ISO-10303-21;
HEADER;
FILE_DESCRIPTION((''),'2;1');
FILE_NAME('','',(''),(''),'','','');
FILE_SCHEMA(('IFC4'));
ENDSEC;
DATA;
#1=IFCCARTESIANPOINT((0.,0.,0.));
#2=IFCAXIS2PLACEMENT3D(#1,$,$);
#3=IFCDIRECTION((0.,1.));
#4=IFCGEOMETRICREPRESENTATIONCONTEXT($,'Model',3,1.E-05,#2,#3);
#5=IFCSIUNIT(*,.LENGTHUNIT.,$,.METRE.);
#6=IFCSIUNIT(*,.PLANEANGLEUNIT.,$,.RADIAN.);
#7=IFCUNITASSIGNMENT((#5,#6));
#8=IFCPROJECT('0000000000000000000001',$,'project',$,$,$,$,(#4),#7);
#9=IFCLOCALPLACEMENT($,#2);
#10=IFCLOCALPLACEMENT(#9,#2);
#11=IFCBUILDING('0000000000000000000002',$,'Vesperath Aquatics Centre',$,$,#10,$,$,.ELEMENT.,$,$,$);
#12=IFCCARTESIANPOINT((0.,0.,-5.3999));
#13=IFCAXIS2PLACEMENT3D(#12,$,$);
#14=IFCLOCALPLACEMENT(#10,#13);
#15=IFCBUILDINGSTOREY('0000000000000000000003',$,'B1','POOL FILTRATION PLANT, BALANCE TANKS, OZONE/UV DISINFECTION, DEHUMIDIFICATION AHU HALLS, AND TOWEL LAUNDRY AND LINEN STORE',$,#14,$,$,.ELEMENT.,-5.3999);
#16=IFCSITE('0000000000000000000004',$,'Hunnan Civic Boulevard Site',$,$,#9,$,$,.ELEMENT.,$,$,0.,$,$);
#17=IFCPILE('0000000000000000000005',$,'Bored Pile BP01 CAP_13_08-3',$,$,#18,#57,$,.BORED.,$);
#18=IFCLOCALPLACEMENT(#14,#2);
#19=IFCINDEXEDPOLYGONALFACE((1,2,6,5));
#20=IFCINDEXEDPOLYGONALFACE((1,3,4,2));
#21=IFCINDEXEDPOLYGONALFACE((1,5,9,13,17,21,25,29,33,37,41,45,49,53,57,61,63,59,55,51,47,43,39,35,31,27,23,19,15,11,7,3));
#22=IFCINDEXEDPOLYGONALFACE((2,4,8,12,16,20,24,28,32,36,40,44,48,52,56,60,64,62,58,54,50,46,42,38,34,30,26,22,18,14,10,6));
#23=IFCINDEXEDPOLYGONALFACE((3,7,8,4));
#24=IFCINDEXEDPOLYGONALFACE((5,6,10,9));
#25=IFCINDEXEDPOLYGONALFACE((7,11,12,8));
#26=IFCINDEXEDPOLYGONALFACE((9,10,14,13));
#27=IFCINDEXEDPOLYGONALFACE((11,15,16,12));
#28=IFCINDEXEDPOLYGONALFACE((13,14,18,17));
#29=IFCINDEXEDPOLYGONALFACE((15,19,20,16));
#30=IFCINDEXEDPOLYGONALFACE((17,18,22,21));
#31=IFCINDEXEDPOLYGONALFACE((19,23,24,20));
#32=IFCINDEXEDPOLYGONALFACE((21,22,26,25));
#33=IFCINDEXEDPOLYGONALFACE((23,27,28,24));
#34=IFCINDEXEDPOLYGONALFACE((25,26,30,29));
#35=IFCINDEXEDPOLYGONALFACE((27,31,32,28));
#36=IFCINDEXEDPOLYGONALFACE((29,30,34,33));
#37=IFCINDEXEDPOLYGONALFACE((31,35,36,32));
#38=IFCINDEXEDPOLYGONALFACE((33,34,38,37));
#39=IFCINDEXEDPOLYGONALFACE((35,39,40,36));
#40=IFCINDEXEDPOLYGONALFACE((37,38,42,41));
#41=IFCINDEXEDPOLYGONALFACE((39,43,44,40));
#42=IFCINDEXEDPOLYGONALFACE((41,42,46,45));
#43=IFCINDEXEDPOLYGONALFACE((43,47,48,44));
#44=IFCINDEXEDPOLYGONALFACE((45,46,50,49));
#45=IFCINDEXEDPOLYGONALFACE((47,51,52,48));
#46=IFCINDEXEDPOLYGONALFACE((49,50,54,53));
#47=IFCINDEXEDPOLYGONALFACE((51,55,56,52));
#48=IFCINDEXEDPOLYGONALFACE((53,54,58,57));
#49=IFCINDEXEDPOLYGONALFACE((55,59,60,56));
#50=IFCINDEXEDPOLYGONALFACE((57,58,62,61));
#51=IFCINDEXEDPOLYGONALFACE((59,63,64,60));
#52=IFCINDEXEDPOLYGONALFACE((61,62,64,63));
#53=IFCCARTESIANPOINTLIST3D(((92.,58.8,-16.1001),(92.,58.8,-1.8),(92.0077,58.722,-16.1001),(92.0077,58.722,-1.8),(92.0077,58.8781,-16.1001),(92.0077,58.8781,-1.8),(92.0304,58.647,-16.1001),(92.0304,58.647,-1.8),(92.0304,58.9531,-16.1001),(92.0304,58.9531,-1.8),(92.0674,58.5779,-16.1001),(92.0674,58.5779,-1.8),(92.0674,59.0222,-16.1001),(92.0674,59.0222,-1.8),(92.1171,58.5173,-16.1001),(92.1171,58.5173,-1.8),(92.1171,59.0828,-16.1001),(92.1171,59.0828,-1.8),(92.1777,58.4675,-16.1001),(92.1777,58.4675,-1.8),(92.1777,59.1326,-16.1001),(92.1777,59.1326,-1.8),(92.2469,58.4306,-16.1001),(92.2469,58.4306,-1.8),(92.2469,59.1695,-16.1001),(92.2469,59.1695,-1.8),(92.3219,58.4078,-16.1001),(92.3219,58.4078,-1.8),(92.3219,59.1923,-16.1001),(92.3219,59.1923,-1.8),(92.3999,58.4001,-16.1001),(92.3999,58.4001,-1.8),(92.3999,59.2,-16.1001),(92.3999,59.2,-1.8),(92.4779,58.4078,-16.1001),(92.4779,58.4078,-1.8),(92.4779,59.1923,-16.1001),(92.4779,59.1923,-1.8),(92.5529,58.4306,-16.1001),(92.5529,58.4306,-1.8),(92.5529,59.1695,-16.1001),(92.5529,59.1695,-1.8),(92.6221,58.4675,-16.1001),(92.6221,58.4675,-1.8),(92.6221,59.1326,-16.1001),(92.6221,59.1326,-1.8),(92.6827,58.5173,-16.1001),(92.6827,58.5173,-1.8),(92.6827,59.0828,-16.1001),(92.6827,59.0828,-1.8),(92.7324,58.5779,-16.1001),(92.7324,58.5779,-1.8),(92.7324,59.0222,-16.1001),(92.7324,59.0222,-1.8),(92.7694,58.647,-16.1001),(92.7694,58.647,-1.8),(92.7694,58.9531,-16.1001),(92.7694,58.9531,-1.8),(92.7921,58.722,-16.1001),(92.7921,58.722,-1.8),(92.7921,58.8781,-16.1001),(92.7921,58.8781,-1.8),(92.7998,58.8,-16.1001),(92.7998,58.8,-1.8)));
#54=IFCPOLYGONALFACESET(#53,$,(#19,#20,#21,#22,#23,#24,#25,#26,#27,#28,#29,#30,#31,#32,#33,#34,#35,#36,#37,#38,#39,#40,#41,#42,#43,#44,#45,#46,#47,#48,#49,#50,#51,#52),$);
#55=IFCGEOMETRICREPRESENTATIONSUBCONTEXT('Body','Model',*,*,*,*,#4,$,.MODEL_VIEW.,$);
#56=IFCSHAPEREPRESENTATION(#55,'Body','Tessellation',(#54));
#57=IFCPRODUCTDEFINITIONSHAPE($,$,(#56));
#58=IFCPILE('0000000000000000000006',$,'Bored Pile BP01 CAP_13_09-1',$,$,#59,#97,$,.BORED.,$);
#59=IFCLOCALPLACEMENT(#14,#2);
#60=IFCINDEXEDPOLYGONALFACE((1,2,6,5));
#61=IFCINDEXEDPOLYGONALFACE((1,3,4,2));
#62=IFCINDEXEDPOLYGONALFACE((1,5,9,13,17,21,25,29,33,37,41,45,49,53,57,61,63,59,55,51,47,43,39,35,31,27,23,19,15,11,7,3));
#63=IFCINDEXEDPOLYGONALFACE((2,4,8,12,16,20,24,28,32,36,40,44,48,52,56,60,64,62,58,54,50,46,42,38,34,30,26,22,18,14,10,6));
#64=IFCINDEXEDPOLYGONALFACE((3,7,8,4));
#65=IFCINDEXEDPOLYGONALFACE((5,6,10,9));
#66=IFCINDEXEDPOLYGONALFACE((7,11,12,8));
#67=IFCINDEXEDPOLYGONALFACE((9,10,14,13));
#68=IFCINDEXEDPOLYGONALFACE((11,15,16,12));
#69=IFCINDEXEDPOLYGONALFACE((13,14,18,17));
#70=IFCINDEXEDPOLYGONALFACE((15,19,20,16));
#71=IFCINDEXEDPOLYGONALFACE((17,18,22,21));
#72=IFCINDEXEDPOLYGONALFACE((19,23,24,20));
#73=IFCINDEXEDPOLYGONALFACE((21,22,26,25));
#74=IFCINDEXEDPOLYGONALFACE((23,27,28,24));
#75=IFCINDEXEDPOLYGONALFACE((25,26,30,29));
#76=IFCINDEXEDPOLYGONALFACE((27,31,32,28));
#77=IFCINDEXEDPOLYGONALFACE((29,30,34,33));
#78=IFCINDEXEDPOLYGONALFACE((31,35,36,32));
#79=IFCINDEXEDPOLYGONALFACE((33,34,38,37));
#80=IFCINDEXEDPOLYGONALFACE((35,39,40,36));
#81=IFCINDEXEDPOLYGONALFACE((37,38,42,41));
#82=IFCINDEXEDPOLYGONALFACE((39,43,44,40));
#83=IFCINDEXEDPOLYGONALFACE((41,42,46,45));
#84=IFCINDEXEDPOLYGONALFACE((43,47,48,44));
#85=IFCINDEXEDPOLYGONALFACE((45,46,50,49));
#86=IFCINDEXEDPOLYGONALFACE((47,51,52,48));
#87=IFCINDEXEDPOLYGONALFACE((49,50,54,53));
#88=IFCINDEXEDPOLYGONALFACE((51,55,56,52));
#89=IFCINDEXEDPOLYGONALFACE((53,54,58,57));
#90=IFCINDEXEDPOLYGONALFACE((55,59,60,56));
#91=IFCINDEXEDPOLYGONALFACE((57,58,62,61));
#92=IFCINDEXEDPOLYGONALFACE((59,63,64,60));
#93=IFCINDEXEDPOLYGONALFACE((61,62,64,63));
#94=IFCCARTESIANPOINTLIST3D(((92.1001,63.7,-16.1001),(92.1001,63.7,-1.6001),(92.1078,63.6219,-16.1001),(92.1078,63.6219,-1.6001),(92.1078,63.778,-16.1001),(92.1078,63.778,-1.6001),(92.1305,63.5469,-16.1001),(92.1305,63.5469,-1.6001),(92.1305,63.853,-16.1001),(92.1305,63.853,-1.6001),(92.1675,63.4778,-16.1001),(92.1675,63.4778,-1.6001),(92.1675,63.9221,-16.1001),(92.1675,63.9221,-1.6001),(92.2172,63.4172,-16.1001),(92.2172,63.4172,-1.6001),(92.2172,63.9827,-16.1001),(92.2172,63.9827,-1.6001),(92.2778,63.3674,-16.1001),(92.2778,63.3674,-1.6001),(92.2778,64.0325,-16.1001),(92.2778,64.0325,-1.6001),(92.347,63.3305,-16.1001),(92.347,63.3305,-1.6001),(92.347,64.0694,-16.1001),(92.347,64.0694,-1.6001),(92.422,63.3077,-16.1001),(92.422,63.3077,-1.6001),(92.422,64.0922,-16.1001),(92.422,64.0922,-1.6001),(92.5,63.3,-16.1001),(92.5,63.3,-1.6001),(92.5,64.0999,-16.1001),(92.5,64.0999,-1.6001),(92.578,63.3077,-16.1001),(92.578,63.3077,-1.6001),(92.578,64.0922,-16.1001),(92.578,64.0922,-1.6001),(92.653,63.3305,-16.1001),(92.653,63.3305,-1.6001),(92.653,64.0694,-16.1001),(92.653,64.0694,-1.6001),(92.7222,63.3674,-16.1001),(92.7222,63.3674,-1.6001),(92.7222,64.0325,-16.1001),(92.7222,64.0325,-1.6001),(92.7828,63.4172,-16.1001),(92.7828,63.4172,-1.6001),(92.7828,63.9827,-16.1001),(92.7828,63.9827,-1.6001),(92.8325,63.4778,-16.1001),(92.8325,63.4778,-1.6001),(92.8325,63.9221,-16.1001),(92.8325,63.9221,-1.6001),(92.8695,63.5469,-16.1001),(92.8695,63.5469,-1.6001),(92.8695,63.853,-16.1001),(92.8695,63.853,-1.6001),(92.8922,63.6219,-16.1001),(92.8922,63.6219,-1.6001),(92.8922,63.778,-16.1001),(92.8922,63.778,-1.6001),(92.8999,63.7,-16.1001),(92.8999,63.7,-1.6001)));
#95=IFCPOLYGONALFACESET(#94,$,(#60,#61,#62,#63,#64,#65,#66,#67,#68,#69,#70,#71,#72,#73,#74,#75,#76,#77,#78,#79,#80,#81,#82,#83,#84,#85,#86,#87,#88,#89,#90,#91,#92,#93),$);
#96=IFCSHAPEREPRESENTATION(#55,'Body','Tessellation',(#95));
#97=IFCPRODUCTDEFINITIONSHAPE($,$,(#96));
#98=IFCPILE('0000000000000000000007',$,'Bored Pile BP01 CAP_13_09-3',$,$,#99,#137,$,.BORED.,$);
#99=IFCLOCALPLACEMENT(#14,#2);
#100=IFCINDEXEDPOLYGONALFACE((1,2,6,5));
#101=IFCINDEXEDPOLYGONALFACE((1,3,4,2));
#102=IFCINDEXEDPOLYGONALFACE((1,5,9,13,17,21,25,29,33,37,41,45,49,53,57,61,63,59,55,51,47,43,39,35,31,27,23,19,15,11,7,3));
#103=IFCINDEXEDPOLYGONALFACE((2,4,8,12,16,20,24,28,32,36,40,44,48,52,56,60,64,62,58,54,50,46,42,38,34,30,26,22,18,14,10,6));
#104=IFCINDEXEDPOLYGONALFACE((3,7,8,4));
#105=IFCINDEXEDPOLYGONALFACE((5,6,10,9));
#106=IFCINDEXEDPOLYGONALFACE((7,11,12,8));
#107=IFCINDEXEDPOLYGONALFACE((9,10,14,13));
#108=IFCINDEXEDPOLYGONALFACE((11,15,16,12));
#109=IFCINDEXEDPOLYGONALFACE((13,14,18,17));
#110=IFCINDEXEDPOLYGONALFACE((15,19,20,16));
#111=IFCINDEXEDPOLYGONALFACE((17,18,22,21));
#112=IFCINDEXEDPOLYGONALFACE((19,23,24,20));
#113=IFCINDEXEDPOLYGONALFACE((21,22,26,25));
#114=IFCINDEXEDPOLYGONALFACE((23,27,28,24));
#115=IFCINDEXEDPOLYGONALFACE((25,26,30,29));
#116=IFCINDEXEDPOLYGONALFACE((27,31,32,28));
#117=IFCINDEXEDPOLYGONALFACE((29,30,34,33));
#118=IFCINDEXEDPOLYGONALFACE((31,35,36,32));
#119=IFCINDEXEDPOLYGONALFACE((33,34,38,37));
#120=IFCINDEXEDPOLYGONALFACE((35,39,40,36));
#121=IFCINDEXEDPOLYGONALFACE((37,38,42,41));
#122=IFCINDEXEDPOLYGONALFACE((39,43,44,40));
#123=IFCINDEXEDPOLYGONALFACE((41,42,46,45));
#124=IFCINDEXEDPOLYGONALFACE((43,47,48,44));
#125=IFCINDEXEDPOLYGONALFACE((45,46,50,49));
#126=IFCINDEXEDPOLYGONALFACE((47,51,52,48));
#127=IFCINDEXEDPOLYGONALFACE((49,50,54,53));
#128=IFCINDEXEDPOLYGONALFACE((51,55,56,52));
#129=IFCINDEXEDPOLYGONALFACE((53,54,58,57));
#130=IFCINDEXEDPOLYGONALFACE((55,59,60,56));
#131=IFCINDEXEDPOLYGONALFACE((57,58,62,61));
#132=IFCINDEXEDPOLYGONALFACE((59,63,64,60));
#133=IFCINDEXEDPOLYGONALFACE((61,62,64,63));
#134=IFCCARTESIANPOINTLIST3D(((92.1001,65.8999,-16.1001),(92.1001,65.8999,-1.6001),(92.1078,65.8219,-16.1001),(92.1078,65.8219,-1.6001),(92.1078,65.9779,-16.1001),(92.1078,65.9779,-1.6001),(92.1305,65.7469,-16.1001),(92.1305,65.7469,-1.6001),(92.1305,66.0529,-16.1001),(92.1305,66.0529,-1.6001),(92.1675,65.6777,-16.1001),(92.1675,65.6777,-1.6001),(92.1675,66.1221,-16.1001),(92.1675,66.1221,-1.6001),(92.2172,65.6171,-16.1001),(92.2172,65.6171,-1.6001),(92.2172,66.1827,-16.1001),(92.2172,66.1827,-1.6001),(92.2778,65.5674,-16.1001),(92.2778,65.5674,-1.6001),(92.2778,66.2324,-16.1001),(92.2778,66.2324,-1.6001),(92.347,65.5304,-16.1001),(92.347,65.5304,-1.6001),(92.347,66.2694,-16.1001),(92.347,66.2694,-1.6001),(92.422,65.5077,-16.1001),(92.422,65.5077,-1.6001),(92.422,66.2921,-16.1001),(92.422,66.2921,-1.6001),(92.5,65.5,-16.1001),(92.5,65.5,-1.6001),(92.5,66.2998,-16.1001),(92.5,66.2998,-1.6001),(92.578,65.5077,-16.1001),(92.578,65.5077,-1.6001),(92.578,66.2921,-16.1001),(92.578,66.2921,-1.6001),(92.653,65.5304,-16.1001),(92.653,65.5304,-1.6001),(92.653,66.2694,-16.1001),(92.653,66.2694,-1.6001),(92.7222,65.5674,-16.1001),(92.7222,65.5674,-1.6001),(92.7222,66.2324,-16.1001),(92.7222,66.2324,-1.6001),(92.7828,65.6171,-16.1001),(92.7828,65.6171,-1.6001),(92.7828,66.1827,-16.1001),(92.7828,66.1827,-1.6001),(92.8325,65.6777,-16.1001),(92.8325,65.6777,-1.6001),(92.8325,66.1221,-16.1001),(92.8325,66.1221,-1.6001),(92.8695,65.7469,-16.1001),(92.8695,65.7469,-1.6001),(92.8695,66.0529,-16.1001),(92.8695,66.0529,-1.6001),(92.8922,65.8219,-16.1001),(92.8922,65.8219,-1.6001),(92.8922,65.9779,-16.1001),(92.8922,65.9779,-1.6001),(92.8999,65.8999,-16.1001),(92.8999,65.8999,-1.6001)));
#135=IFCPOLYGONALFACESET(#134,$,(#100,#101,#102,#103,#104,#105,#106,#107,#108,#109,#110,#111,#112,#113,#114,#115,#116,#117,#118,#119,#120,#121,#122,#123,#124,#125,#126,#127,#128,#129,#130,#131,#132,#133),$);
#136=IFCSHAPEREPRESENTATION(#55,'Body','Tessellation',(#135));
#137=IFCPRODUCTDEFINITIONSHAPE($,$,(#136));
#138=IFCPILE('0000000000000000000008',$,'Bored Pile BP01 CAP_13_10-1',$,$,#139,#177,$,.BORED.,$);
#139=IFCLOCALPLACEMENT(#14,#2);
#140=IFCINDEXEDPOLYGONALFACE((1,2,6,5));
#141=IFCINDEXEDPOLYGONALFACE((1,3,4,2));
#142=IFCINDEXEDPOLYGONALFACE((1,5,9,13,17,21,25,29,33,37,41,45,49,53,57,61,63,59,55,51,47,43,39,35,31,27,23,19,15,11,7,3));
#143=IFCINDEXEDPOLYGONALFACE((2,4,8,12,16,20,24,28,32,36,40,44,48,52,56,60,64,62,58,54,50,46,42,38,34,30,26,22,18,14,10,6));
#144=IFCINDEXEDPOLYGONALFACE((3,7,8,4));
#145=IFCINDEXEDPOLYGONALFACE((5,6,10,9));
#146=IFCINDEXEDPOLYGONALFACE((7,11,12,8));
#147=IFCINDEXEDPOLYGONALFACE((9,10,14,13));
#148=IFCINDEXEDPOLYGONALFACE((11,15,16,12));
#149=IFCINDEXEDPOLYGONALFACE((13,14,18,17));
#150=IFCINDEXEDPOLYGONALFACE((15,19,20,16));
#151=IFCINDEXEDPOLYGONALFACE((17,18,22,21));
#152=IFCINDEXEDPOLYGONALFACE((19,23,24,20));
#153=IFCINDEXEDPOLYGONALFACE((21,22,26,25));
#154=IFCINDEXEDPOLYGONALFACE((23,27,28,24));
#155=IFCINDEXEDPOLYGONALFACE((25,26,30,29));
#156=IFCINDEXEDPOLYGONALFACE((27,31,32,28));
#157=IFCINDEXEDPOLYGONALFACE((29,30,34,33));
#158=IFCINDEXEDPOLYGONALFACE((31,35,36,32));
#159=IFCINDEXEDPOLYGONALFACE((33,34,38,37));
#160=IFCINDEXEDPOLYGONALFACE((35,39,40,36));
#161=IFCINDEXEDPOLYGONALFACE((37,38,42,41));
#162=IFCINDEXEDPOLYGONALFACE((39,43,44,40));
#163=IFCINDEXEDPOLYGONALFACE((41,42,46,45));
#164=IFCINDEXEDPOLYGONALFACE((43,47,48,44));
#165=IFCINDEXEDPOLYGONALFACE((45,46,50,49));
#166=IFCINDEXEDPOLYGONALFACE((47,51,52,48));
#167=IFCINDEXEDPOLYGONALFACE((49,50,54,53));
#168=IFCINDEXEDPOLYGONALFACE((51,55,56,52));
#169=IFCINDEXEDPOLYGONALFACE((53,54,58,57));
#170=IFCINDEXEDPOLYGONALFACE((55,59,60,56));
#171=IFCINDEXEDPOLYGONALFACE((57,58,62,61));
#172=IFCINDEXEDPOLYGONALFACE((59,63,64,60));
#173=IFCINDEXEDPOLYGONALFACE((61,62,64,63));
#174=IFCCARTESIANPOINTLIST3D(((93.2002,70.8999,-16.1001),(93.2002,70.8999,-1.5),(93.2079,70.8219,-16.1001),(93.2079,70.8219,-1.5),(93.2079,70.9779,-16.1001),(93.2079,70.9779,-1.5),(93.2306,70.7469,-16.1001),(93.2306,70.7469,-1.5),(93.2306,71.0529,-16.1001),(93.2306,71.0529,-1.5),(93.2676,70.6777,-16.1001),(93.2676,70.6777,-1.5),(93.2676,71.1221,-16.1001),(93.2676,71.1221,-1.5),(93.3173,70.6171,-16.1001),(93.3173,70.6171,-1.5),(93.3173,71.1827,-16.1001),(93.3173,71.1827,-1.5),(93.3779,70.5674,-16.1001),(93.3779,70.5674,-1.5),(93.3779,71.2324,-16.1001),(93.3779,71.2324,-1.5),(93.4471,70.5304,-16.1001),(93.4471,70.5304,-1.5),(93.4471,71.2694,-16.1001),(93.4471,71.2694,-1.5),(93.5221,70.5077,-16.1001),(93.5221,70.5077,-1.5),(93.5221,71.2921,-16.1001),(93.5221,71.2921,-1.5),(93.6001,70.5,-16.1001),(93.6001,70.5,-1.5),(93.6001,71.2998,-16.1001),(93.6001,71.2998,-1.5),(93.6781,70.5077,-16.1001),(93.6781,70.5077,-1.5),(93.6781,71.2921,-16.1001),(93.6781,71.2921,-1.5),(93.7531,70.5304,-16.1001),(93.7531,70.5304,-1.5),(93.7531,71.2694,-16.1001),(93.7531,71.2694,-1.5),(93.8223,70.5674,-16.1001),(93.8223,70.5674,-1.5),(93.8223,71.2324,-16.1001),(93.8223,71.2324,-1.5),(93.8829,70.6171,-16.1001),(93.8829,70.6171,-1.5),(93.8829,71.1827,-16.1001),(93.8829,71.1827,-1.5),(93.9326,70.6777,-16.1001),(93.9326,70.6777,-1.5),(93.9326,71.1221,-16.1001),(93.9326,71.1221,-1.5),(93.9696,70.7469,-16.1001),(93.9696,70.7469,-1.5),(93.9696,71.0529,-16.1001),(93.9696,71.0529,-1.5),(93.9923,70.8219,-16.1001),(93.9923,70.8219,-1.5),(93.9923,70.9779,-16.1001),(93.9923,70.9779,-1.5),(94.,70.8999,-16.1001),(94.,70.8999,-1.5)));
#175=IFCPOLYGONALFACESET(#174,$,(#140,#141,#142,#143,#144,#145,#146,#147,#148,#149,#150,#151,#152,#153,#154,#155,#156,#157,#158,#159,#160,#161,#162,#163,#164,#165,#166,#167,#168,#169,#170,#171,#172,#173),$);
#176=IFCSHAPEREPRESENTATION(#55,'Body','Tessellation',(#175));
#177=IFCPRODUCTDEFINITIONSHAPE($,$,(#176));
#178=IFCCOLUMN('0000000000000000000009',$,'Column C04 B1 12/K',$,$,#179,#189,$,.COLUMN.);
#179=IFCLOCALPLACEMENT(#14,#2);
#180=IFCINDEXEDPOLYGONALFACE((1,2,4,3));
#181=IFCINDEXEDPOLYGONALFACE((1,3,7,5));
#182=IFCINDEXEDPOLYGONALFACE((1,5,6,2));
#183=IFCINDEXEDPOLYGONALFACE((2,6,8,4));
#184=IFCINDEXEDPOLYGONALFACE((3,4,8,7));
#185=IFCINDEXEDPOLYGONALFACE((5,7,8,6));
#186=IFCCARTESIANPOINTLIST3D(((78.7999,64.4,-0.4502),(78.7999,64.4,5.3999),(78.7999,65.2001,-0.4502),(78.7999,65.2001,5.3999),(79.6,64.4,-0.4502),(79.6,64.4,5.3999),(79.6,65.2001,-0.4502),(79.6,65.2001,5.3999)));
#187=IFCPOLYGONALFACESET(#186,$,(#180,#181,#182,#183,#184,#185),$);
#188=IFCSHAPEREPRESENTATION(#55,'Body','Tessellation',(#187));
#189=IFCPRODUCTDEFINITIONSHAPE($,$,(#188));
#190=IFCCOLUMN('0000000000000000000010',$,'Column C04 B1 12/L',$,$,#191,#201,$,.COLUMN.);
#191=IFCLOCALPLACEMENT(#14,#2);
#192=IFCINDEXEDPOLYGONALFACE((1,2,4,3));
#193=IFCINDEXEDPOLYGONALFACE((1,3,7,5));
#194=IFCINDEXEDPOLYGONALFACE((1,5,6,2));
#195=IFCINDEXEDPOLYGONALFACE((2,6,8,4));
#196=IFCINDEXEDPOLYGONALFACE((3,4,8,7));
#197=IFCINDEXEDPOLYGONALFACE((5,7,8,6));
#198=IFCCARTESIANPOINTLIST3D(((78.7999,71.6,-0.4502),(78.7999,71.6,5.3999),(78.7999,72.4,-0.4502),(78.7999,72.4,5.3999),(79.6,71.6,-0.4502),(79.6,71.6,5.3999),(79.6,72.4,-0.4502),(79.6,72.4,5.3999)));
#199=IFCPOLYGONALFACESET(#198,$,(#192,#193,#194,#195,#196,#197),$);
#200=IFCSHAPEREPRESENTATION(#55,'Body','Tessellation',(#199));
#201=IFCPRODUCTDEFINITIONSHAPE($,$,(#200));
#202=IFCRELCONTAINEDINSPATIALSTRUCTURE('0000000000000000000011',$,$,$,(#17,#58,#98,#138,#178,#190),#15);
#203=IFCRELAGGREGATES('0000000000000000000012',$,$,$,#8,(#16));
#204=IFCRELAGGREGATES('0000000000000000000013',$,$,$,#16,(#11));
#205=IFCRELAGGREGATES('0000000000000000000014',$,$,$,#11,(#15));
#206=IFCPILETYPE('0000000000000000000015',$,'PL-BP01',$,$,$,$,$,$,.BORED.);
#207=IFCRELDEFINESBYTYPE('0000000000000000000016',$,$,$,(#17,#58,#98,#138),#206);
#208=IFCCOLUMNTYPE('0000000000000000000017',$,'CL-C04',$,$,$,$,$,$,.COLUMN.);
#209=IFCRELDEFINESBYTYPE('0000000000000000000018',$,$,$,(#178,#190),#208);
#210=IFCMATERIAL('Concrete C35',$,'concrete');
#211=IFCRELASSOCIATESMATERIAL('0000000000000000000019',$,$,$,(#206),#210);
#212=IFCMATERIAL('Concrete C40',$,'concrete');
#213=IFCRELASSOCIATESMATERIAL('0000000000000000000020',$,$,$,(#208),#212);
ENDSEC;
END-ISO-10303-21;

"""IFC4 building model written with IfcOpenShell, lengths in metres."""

from ifc_helpers import new_model, si_unit, direction, frame, origin, origin_2d, place, context, subcontext, project, spatial, rectangle, circle, extrude, material, material_profile, profile_set, type_object, element, save


model = new_model("IFC4")

# Units and contexts
model_context = context("Model", 3, precision=1e-05, world=origin(), true_north=direction((0.0, 1.0)))
body_context = subcontext(model_context, "Body", "Model", "MODEL_VIEW")
ifc_project = project(units=[si_unit("LENGTHUNIT", "METRE"), si_unit("PLANEANGLEUNIT", "RADIAN")], contexts=[model_context])

# Site, building, storey
site_placement = place(None, origin())
site = spatial("IfcSite", under=ifc_project, at=site_placement, Name="Hunnan Civic Boulevard Site", CompositionType="ELEMENT", RefElevation=0.0)
building_placement = place(site_placement, origin())
building = spatial("IfcBuilding", under=site, at=building_placement, Name="Vesperath Aquatics Centre", CompositionType="ELEMENT")
storey_placement = place(building_placement, frame((0.0, 0.0, -5.3999)))
storey = spatial("IfcBuildingStorey", under=building, at=storey_placement, Name="B1", Description="POOL FILTRATION PLANT, BALANCE TANKS, OZONE/UV DISINFECTION, DEHUMIDIFICATION AHU HALLS, AND TOWEL LAUNDRY AND LINEN STORE", CompositionType="ELEMENT", Elevation=-5.3999)

# Shared definitions
ifc_material_1 = material(Name="Concrete C40", Category="concrete")

# Piles
ifc_material_2 = material(Name="Concrete C35", Category="concrete")
ifc_material_profile_1 = material_profile(ifc_material_2, circle(Radius=0.3999, at=origin_2d()), Name="PILE D800")
ifc_profile_set_1 = profile_set([ifc_material_profile_1], Name="Concrete C35")
pile_type = type_object("IfcPileType", Name="PL-BP01", PredefinedType="BORED", material=ifc_profile_set_1)
for number, where, z_axis, x_axis, name in (
    (1, (92.3999, 58.8, -1.8), (0.0, 0.0, -1.0), (1.0, 0.0, 0.0), "Bored Pile BP01 CAP_13_08-3"),
):
    element("IfcPile", number, at=place(storey_placement, frame(where, z_axis=z_axis, x_axis=x_axis)), inside=storey, type_object=pile_type, Name=name, PredefinedType="BORED", context=body_context, shape_type="SweptSolid", body=[
        extrude(circle(Radius=0.3999, at=origin_2d()), origin(), (0.0, 0.0, 1.0), 14.3),
    ])
for number, where, z_axis, x_axis, name in (
    (2, (92.5, 63.7, -1.6001), (0.0, 0.0, -1.0), (1.0, 0.0, 0.0), "Bored Pile BP01 CAP_13_09-1"),
    (3, (92.5, 65.8999, -1.6001), (0.0, 0.0, -1.0), (1.0, 0.0, 0.0), "Bored Pile BP01 CAP_13_09-3"),
):
    element("IfcPile", number, at=place(storey_placement, frame(where, z_axis=z_axis, x_axis=x_axis)), inside=storey, type_object=pile_type, Name=name, PredefinedType="BORED", context=body_context, shape_type="SweptSolid", body=[
        extrude(circle(Radius=0.3999, at=origin_2d()), origin(), (0.0, 0.0, 1.0), 14.5),
    ])
pile_1_placement = place(storey_placement, frame((93.6001, 70.8999, -1.5), z_axis=(0.0, 0.0, -1.0), x_axis=(1.0, 0.0, 0.0)))
element("IfcPile", 4, at=pile_1_placement, inside=storey, type_object=pile_type, Name="Bored Pile BP01 CAP_13_10-1", PredefinedType="BORED", context=body_context, shape_type="SweptSolid", body=[
    extrude(circle(Radius=0.3999, at=origin_2d()), origin(), (0.0, 0.0, 1.0), 14.6001),
])

# Columns
ifc_material_profile_2 = material_profile(ifc_material_1, rectangle(XDim=0.8, YDim=0.8, at=origin_2d()), Name="RC 800x800")
ifc_profile_set_2 = profile_set([ifc_material_profile_2], Name="Concrete C40")
column_type = type_object("IfcColumnType", Name="CL-C04", PredefinedType="COLUMN", material=ifc_profile_set_2)
for number, where, z_axis, x_axis, name in (
    (5, (79.2, 64.8, -0.4502), (0.0, 0.0, 1.0), (1.0, 0.0, 0.0), "Column C04 B1 12/K"),
    (6, (79.2, 72.0, -0.4502), (0.0, 0.0, 1.0), (1.0, 0.0, 0.0), "Column C04 B1 12/L"),
):
    element("IfcColumn", number, at=place(storey_placement, frame(where, z_axis=z_axis, x_axis=x_axis)), inside=storey, type_object=column_type, Name=name, PredefinedType="COLUMN", context=body_context, shape_type="SweptSolid", body=[
        extrude(rectangle(XDim=0.8, YDim=0.8, at=origin_2d()), origin(), (0.0, 0.0, 1.0), 5.8501),
    ])

save(model, "model.ifc")
